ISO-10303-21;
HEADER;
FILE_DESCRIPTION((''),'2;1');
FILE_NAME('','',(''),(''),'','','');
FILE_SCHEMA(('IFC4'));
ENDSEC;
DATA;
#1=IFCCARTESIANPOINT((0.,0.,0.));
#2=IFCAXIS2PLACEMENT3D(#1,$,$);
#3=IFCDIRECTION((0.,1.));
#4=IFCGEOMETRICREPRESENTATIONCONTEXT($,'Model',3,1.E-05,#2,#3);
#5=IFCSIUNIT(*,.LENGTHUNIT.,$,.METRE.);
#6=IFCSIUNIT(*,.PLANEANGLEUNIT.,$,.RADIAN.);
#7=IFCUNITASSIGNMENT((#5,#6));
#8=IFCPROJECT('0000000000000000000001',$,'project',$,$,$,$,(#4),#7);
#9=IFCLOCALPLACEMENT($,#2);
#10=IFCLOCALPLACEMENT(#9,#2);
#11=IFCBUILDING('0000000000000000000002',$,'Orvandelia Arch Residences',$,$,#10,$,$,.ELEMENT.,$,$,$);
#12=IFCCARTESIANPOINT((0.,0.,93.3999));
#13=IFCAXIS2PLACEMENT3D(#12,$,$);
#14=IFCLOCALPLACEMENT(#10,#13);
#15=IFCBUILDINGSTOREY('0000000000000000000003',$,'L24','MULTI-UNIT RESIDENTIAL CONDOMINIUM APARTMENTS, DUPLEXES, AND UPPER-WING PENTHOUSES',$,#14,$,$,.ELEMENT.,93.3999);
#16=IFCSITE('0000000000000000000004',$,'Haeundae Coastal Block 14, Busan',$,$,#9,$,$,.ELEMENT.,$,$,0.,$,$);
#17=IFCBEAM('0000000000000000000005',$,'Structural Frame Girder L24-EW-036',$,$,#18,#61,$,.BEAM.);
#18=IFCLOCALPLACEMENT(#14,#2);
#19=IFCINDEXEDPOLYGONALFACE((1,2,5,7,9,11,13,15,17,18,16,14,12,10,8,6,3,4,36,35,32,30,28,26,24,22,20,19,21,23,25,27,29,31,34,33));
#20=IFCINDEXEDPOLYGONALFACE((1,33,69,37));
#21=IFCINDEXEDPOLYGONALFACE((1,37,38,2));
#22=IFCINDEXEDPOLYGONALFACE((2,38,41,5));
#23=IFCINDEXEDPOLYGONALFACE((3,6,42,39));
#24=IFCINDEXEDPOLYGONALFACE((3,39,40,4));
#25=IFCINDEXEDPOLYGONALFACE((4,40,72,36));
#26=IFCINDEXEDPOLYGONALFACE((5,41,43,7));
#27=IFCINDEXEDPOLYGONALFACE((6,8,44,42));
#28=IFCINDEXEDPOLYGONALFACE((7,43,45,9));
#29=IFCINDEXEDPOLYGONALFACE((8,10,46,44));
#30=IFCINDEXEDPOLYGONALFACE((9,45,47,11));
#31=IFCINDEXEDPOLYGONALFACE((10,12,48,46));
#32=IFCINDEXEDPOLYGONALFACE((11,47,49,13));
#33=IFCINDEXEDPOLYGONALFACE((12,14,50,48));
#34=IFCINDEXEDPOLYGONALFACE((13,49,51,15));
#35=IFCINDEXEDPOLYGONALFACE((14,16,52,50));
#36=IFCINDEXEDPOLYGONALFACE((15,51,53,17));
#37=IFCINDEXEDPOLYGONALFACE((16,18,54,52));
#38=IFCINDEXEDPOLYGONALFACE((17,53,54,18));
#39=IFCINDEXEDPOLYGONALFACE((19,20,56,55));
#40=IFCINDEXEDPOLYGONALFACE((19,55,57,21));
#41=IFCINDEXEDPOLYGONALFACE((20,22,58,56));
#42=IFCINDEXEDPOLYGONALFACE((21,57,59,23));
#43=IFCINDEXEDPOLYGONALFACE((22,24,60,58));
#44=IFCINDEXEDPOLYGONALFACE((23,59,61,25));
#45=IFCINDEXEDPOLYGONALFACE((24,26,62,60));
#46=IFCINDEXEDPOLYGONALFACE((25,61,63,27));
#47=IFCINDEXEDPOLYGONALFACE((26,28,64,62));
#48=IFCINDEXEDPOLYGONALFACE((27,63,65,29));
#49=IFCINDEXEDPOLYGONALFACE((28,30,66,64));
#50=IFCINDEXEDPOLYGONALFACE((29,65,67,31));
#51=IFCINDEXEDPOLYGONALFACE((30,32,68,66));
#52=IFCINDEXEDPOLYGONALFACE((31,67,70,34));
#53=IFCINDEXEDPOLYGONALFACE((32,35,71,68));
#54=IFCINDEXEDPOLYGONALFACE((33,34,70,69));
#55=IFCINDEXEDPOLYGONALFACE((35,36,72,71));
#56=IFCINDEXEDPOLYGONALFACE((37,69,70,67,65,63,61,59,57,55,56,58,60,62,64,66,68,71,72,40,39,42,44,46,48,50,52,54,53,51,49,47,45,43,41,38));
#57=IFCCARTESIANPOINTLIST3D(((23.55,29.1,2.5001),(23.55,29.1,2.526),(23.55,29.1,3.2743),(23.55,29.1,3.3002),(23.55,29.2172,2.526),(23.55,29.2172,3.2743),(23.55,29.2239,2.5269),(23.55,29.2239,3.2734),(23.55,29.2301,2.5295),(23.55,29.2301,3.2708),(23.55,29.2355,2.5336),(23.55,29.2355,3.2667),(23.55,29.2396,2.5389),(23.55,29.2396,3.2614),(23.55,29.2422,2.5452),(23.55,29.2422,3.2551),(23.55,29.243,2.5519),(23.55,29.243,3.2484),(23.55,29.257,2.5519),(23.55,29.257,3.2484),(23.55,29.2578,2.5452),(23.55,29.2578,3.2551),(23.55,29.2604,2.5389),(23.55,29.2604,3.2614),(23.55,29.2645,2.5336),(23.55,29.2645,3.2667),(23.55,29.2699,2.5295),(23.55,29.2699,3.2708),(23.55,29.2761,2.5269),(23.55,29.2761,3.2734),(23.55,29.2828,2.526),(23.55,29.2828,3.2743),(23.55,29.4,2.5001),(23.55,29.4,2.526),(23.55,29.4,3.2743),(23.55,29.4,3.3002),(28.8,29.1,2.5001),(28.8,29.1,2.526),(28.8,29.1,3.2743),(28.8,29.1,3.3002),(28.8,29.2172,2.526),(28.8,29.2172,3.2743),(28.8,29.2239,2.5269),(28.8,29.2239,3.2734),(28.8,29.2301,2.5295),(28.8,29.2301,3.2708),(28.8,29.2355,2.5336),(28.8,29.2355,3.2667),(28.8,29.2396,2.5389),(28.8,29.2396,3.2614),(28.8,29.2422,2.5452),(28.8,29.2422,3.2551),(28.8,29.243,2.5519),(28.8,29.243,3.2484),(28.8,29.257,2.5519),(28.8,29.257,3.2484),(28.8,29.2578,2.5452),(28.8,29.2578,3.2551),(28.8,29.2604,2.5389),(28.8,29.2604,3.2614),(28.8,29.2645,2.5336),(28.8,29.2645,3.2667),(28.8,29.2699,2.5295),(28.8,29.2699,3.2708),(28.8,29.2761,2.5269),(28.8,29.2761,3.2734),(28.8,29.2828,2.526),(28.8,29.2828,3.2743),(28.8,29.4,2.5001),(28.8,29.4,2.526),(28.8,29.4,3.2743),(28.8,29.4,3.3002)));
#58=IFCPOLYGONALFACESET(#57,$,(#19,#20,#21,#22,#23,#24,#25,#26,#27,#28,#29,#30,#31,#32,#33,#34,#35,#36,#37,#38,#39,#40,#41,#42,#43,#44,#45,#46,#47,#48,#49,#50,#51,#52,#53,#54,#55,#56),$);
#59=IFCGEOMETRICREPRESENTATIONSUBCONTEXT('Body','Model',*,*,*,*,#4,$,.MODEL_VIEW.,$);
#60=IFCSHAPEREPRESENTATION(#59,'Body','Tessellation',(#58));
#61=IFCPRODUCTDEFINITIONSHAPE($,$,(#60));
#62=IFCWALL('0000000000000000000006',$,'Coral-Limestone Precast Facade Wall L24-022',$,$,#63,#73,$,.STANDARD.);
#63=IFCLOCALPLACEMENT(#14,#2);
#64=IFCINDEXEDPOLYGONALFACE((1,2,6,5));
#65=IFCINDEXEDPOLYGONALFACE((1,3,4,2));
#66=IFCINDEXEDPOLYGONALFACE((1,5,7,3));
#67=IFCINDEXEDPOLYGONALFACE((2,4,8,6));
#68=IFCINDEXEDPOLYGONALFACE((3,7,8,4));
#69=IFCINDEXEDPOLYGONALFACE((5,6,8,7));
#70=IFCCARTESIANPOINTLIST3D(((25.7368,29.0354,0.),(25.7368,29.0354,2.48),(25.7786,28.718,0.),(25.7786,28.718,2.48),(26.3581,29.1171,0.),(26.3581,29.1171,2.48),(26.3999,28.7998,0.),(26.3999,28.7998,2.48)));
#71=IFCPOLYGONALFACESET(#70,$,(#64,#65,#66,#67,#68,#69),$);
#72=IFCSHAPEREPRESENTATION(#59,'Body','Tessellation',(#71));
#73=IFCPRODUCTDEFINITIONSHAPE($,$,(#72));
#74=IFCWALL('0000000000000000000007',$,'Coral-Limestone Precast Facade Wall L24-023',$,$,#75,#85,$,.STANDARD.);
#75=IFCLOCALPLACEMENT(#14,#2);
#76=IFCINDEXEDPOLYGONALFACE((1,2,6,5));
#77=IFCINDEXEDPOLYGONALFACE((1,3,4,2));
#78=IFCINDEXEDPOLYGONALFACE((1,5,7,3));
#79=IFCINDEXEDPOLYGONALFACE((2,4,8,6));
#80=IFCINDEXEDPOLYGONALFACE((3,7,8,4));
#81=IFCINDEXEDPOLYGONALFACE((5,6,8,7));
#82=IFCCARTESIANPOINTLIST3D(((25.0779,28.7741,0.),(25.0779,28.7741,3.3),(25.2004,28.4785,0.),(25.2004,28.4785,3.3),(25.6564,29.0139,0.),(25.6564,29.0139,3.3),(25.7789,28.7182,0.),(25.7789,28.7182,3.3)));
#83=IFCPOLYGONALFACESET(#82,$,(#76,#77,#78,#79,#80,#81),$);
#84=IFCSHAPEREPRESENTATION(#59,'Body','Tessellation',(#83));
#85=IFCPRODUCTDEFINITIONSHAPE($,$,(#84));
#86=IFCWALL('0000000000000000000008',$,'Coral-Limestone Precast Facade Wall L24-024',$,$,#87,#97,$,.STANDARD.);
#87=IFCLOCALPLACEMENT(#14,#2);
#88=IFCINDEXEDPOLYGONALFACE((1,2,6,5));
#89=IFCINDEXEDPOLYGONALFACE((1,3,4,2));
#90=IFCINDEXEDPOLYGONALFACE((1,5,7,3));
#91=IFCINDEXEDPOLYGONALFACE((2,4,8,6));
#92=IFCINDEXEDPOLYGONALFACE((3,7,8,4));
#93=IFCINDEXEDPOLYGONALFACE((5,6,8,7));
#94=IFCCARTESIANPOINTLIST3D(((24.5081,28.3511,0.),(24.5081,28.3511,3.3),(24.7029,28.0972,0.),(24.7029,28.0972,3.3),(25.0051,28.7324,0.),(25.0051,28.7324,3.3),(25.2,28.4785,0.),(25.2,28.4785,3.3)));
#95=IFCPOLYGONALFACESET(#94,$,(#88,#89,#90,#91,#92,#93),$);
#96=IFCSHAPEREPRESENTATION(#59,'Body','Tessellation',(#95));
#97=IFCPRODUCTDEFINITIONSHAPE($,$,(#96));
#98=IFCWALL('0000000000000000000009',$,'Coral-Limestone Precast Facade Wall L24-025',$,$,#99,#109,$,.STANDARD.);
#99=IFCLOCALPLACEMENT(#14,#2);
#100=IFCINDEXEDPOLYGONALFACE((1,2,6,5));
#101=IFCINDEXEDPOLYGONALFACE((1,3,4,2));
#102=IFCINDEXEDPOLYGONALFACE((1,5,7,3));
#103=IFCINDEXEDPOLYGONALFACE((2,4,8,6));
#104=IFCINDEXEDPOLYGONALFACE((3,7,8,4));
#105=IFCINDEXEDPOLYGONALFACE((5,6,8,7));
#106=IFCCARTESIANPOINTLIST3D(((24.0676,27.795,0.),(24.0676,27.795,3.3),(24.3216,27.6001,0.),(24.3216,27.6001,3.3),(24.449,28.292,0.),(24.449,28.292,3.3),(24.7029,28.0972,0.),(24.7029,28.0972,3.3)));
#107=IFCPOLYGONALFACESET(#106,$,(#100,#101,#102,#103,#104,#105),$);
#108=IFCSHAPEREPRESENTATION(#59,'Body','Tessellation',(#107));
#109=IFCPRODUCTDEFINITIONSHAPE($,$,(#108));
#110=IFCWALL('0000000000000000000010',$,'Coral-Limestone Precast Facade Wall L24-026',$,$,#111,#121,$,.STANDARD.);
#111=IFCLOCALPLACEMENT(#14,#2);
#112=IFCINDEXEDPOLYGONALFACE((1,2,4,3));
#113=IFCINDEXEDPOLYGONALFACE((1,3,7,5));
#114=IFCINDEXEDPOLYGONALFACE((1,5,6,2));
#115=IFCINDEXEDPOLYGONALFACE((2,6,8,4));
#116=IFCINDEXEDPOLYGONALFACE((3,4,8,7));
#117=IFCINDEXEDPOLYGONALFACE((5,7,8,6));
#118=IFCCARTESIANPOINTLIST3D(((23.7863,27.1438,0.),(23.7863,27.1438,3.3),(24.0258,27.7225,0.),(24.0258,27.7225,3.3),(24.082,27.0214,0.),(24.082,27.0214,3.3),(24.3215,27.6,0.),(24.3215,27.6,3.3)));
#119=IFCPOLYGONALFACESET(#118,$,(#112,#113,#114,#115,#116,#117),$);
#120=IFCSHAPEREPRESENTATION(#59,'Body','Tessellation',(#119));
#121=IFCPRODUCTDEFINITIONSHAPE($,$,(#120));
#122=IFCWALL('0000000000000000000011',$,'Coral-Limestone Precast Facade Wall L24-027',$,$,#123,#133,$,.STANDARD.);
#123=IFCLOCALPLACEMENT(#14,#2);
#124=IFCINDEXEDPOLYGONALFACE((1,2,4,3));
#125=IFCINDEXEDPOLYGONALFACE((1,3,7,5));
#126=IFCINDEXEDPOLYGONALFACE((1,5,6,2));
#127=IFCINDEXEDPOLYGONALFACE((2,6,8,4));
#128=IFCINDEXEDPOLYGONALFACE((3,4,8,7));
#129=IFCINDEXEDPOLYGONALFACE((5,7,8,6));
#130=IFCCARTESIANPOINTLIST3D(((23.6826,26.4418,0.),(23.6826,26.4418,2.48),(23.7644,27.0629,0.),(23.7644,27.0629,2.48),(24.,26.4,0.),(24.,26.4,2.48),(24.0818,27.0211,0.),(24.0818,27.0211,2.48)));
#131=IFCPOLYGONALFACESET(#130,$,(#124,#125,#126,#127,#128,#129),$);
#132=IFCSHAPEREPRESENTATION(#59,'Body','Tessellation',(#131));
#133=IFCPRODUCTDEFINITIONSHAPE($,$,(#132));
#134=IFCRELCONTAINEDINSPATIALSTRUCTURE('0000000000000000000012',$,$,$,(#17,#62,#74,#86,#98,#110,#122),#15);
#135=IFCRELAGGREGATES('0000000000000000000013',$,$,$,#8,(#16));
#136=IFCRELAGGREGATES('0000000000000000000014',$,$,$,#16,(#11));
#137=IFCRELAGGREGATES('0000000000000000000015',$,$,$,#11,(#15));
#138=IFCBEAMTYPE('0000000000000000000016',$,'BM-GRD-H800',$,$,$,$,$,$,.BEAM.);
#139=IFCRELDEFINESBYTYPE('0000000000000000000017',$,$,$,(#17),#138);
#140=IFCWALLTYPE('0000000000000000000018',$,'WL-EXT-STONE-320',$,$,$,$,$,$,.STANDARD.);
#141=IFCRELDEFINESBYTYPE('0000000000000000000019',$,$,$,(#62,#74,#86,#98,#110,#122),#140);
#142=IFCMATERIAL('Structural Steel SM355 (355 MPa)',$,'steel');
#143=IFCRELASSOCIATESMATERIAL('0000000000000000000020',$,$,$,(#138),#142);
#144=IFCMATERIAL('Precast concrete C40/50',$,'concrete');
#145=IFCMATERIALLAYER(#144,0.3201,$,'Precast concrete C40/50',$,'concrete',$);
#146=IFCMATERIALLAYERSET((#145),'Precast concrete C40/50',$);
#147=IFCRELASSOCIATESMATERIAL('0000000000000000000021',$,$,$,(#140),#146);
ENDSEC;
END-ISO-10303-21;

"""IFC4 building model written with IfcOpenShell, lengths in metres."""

from ifc_helpers import new_model, si_unit, direction, frame, frame_2d, origin, origin_2d, place, context, subcontext, project, spatial, rectangle, i_section, extrude, material, layer, layer_set, material_profile, profile_set, type_object, element, save


model = new_model("IFC4")

# Units and contexts
model_context = context("Model", 3, precision=1e-05, world=origin(), true_north=direction((0.0, 1.0)))
body_context = subcontext(model_context, "Body", "Model", "MODEL_VIEW")
ifc_project = project(units=[si_unit("LENGTHUNIT", "METRE"), si_unit("PLANEANGLEUNIT", "RADIAN")], contexts=[model_context])

# Site, building, storey
site_placement = place(None, origin())
site = spatial("IfcSite", under=ifc_project, at=site_placement, Name="Haeundae Coastal Block 14, Busan", CompositionType="ELEMENT", RefElevation=0.0)
building_placement = place(site_placement, origin())
building = spatial("IfcBuilding", under=site, at=building_placement, Name="Orvandelia Arch Residences", CompositionType="ELEMENT")
storey_placement = place(building_placement, frame((0.0, 0.0, 93.3999)))
storey = spatial("IfcBuildingStorey", under=building, at=storey_placement, Name="L24", Description="MULTI-UNIT RESIDENTIAL CONDOMINIUM APARTMENTS, DUPLEXES, AND UPPER-WING PENTHOUSES", CompositionType="ELEMENT", Elevation=93.3999)

# Beam
ifc_material_1 = material(Name="Structural Steel SM355 (355 MPa)", Category="steel")
ifc_material_profile_1 = material_profile(ifc_material_1, i_section(OverallWidth=0.3, OverallDepth=0.8, WebThickness=0.0139, FlangeThickness=0.0259, FilletRadius=0.0259, at=origin_2d()), Name="Structural Steel SM355 (355 MPa)", Category="steel")
ifc_profile_set_1 = profile_set([ifc_material_profile_1], Name="Structural Steel SM355 (355 MPa)")
beam_type = type_object("IfcBeamType", Name="BM-GRD-H800", PredefinedType="BEAM", material=ifc_profile_set_1)
beam_1_placement = place(storey_placement, frame((23.55, 29.25, 2.9001), z_axis=(1.0, 0.0, 0.0), x_axis=(0.0, 1.0, 0.0)))
element("IfcBeam", 1, at=beam_1_placement, inside=storey, type_object=beam_type, Name="Structural Frame Girder L24-EW-036", PredefinedType="BEAM", context=body_context, shape_type="SweptSolid", body=[
    extrude(i_section(OverallWidth=0.3, OverallDepth=0.8, WebThickness=0.0139, FlangeThickness=0.0259, FilletRadius=0.0259, at=origin_2d()), origin(), (0.0, 0.0, 1.0), 5.25),
])

# Walls
ifc_material_2 = material(Name="Precast concrete C40/50", Category="concrete")
ifc_layer_1 = layer(ifc_material_2, 0.3201, Name="Precast concrete C40/50", Category="concrete")
ifc_layer_set_1 = layer_set([ifc_layer_1], Name="Precast concrete C40/50")
wall_type_1 = type_object("IfcWallType", Name="WL-EXT-STONE-320", PredefinedType="STANDARD", material=ifc_layer_set_1)
wall_1_placement = place(storey_placement, frame((26.3792, 28.9585, 0.0), z_axis=(0.0, 0.0, 1.0), x_axis=(-0.991448, -0.130505, 0.0)))
element("IfcWall", 2, at=wall_1_placement, inside=storey, type_object=wall_type_1, Name="Coral-Limestone Precast Facade Wall L24-022", PredefinedType="STANDARD", context=body_context, shape_type="SweptSolid", body=[
    extrude(rectangle(XDim=0.6267, YDim=0.3201, at=frame_2d((0.3135, 0.0))), origin(), (0.0, 0.0, 1.0), 2.48),
])
wall_2_placement = place(storey_placement, frame((25.7175, 28.866, 0.0), z_axis=(0.0, 0.0, 1.0), x_axis=(-0.923836, -0.382788, 0.0)))
element("IfcWall", 3, at=wall_2_placement, inside=storey, type_object=wall_type_1, Name="Coral-Limestone Precast Facade Wall L24-023", PredefinedType="STANDARD", context=body_context, shape_type="SweptSolid", body=[
    extrude(rectangle(XDim=0.6262, YDim=0.3201, at=frame_2d((0.313, 0.0))), origin(), (0.0, 0.0, 1.0), 3.3),
])
for number, where, z_axis, x_axis, name in (
    (4, (25.1025, 28.6055, 0.0), (0.0, 0.0, 1.0), (-0.793406, -0.608693, 0.0), "Coral-Limestone Precast Facade Wall L24-024"),
    (5, (24.5759, 28.1946, 0.0), (0.0, 0.0, 1.0), (-0.608693, -0.793406, 0.0), "Coral-Limestone Precast Facade Wall L24-025"),
):
    element("IfcWall", number, at=place(storey_placement, frame(where, z_axis=z_axis, x_axis=x_axis)), inside=storey, type_object=wall_type_1, Name=name, PredefinedType="STANDARD", context=body_context, shape_type="SweptSolid", body=[
        extrude(rectangle(XDim=0.6265, YDim=0.3201, at=frame_2d((0.3132, 0.0))), origin(), (0.0, 0.0, 1.0), 3.3),
    ])
wall_3_placement = place(storey_placement, frame((24.1736, 27.6611, 0.0), z_axis=(0.0, 0.0, 1.0), x_axis=(-0.382455, -0.923974, 0.0)))
element("IfcWall", 6, at=wall_3_placement, inside=storey, type_object=wall_type_1, Name="Coral-Limestone Precast Facade Wall L24-026", PredefinedType="STANDARD", context=body_context, shape_type="SweptSolid", body=[
    extrude(rectangle(XDim=0.6262, YDim=0.3201, at=frame_2d((0.313, 0.0))), origin(), (0.0, 0.0, 1.0), 3.3),
])
wall_4_placement = place(storey_placement, frame((23.9231, 27.042, 0.0), z_axis=(0.0, 0.0, 1.0), x_axis=(-0.130555, -0.991441, 0.0)))
element("IfcWall", 7, at=wall_4_placement, inside=storey, type_object=wall_type_1, Name="Coral-Limestone Precast Facade Wall L24-027", PredefinedType="STANDARD", context=body_context, shape_type="SweptSolid", body=[
    extrude(rectangle(XDim=0.6265, YDim=0.3201, at=frame_2d((0.3132, 0.0))), origin(), (0.0, 0.0, 1.0), 2.48),
])

save(model, "model.ifc")
